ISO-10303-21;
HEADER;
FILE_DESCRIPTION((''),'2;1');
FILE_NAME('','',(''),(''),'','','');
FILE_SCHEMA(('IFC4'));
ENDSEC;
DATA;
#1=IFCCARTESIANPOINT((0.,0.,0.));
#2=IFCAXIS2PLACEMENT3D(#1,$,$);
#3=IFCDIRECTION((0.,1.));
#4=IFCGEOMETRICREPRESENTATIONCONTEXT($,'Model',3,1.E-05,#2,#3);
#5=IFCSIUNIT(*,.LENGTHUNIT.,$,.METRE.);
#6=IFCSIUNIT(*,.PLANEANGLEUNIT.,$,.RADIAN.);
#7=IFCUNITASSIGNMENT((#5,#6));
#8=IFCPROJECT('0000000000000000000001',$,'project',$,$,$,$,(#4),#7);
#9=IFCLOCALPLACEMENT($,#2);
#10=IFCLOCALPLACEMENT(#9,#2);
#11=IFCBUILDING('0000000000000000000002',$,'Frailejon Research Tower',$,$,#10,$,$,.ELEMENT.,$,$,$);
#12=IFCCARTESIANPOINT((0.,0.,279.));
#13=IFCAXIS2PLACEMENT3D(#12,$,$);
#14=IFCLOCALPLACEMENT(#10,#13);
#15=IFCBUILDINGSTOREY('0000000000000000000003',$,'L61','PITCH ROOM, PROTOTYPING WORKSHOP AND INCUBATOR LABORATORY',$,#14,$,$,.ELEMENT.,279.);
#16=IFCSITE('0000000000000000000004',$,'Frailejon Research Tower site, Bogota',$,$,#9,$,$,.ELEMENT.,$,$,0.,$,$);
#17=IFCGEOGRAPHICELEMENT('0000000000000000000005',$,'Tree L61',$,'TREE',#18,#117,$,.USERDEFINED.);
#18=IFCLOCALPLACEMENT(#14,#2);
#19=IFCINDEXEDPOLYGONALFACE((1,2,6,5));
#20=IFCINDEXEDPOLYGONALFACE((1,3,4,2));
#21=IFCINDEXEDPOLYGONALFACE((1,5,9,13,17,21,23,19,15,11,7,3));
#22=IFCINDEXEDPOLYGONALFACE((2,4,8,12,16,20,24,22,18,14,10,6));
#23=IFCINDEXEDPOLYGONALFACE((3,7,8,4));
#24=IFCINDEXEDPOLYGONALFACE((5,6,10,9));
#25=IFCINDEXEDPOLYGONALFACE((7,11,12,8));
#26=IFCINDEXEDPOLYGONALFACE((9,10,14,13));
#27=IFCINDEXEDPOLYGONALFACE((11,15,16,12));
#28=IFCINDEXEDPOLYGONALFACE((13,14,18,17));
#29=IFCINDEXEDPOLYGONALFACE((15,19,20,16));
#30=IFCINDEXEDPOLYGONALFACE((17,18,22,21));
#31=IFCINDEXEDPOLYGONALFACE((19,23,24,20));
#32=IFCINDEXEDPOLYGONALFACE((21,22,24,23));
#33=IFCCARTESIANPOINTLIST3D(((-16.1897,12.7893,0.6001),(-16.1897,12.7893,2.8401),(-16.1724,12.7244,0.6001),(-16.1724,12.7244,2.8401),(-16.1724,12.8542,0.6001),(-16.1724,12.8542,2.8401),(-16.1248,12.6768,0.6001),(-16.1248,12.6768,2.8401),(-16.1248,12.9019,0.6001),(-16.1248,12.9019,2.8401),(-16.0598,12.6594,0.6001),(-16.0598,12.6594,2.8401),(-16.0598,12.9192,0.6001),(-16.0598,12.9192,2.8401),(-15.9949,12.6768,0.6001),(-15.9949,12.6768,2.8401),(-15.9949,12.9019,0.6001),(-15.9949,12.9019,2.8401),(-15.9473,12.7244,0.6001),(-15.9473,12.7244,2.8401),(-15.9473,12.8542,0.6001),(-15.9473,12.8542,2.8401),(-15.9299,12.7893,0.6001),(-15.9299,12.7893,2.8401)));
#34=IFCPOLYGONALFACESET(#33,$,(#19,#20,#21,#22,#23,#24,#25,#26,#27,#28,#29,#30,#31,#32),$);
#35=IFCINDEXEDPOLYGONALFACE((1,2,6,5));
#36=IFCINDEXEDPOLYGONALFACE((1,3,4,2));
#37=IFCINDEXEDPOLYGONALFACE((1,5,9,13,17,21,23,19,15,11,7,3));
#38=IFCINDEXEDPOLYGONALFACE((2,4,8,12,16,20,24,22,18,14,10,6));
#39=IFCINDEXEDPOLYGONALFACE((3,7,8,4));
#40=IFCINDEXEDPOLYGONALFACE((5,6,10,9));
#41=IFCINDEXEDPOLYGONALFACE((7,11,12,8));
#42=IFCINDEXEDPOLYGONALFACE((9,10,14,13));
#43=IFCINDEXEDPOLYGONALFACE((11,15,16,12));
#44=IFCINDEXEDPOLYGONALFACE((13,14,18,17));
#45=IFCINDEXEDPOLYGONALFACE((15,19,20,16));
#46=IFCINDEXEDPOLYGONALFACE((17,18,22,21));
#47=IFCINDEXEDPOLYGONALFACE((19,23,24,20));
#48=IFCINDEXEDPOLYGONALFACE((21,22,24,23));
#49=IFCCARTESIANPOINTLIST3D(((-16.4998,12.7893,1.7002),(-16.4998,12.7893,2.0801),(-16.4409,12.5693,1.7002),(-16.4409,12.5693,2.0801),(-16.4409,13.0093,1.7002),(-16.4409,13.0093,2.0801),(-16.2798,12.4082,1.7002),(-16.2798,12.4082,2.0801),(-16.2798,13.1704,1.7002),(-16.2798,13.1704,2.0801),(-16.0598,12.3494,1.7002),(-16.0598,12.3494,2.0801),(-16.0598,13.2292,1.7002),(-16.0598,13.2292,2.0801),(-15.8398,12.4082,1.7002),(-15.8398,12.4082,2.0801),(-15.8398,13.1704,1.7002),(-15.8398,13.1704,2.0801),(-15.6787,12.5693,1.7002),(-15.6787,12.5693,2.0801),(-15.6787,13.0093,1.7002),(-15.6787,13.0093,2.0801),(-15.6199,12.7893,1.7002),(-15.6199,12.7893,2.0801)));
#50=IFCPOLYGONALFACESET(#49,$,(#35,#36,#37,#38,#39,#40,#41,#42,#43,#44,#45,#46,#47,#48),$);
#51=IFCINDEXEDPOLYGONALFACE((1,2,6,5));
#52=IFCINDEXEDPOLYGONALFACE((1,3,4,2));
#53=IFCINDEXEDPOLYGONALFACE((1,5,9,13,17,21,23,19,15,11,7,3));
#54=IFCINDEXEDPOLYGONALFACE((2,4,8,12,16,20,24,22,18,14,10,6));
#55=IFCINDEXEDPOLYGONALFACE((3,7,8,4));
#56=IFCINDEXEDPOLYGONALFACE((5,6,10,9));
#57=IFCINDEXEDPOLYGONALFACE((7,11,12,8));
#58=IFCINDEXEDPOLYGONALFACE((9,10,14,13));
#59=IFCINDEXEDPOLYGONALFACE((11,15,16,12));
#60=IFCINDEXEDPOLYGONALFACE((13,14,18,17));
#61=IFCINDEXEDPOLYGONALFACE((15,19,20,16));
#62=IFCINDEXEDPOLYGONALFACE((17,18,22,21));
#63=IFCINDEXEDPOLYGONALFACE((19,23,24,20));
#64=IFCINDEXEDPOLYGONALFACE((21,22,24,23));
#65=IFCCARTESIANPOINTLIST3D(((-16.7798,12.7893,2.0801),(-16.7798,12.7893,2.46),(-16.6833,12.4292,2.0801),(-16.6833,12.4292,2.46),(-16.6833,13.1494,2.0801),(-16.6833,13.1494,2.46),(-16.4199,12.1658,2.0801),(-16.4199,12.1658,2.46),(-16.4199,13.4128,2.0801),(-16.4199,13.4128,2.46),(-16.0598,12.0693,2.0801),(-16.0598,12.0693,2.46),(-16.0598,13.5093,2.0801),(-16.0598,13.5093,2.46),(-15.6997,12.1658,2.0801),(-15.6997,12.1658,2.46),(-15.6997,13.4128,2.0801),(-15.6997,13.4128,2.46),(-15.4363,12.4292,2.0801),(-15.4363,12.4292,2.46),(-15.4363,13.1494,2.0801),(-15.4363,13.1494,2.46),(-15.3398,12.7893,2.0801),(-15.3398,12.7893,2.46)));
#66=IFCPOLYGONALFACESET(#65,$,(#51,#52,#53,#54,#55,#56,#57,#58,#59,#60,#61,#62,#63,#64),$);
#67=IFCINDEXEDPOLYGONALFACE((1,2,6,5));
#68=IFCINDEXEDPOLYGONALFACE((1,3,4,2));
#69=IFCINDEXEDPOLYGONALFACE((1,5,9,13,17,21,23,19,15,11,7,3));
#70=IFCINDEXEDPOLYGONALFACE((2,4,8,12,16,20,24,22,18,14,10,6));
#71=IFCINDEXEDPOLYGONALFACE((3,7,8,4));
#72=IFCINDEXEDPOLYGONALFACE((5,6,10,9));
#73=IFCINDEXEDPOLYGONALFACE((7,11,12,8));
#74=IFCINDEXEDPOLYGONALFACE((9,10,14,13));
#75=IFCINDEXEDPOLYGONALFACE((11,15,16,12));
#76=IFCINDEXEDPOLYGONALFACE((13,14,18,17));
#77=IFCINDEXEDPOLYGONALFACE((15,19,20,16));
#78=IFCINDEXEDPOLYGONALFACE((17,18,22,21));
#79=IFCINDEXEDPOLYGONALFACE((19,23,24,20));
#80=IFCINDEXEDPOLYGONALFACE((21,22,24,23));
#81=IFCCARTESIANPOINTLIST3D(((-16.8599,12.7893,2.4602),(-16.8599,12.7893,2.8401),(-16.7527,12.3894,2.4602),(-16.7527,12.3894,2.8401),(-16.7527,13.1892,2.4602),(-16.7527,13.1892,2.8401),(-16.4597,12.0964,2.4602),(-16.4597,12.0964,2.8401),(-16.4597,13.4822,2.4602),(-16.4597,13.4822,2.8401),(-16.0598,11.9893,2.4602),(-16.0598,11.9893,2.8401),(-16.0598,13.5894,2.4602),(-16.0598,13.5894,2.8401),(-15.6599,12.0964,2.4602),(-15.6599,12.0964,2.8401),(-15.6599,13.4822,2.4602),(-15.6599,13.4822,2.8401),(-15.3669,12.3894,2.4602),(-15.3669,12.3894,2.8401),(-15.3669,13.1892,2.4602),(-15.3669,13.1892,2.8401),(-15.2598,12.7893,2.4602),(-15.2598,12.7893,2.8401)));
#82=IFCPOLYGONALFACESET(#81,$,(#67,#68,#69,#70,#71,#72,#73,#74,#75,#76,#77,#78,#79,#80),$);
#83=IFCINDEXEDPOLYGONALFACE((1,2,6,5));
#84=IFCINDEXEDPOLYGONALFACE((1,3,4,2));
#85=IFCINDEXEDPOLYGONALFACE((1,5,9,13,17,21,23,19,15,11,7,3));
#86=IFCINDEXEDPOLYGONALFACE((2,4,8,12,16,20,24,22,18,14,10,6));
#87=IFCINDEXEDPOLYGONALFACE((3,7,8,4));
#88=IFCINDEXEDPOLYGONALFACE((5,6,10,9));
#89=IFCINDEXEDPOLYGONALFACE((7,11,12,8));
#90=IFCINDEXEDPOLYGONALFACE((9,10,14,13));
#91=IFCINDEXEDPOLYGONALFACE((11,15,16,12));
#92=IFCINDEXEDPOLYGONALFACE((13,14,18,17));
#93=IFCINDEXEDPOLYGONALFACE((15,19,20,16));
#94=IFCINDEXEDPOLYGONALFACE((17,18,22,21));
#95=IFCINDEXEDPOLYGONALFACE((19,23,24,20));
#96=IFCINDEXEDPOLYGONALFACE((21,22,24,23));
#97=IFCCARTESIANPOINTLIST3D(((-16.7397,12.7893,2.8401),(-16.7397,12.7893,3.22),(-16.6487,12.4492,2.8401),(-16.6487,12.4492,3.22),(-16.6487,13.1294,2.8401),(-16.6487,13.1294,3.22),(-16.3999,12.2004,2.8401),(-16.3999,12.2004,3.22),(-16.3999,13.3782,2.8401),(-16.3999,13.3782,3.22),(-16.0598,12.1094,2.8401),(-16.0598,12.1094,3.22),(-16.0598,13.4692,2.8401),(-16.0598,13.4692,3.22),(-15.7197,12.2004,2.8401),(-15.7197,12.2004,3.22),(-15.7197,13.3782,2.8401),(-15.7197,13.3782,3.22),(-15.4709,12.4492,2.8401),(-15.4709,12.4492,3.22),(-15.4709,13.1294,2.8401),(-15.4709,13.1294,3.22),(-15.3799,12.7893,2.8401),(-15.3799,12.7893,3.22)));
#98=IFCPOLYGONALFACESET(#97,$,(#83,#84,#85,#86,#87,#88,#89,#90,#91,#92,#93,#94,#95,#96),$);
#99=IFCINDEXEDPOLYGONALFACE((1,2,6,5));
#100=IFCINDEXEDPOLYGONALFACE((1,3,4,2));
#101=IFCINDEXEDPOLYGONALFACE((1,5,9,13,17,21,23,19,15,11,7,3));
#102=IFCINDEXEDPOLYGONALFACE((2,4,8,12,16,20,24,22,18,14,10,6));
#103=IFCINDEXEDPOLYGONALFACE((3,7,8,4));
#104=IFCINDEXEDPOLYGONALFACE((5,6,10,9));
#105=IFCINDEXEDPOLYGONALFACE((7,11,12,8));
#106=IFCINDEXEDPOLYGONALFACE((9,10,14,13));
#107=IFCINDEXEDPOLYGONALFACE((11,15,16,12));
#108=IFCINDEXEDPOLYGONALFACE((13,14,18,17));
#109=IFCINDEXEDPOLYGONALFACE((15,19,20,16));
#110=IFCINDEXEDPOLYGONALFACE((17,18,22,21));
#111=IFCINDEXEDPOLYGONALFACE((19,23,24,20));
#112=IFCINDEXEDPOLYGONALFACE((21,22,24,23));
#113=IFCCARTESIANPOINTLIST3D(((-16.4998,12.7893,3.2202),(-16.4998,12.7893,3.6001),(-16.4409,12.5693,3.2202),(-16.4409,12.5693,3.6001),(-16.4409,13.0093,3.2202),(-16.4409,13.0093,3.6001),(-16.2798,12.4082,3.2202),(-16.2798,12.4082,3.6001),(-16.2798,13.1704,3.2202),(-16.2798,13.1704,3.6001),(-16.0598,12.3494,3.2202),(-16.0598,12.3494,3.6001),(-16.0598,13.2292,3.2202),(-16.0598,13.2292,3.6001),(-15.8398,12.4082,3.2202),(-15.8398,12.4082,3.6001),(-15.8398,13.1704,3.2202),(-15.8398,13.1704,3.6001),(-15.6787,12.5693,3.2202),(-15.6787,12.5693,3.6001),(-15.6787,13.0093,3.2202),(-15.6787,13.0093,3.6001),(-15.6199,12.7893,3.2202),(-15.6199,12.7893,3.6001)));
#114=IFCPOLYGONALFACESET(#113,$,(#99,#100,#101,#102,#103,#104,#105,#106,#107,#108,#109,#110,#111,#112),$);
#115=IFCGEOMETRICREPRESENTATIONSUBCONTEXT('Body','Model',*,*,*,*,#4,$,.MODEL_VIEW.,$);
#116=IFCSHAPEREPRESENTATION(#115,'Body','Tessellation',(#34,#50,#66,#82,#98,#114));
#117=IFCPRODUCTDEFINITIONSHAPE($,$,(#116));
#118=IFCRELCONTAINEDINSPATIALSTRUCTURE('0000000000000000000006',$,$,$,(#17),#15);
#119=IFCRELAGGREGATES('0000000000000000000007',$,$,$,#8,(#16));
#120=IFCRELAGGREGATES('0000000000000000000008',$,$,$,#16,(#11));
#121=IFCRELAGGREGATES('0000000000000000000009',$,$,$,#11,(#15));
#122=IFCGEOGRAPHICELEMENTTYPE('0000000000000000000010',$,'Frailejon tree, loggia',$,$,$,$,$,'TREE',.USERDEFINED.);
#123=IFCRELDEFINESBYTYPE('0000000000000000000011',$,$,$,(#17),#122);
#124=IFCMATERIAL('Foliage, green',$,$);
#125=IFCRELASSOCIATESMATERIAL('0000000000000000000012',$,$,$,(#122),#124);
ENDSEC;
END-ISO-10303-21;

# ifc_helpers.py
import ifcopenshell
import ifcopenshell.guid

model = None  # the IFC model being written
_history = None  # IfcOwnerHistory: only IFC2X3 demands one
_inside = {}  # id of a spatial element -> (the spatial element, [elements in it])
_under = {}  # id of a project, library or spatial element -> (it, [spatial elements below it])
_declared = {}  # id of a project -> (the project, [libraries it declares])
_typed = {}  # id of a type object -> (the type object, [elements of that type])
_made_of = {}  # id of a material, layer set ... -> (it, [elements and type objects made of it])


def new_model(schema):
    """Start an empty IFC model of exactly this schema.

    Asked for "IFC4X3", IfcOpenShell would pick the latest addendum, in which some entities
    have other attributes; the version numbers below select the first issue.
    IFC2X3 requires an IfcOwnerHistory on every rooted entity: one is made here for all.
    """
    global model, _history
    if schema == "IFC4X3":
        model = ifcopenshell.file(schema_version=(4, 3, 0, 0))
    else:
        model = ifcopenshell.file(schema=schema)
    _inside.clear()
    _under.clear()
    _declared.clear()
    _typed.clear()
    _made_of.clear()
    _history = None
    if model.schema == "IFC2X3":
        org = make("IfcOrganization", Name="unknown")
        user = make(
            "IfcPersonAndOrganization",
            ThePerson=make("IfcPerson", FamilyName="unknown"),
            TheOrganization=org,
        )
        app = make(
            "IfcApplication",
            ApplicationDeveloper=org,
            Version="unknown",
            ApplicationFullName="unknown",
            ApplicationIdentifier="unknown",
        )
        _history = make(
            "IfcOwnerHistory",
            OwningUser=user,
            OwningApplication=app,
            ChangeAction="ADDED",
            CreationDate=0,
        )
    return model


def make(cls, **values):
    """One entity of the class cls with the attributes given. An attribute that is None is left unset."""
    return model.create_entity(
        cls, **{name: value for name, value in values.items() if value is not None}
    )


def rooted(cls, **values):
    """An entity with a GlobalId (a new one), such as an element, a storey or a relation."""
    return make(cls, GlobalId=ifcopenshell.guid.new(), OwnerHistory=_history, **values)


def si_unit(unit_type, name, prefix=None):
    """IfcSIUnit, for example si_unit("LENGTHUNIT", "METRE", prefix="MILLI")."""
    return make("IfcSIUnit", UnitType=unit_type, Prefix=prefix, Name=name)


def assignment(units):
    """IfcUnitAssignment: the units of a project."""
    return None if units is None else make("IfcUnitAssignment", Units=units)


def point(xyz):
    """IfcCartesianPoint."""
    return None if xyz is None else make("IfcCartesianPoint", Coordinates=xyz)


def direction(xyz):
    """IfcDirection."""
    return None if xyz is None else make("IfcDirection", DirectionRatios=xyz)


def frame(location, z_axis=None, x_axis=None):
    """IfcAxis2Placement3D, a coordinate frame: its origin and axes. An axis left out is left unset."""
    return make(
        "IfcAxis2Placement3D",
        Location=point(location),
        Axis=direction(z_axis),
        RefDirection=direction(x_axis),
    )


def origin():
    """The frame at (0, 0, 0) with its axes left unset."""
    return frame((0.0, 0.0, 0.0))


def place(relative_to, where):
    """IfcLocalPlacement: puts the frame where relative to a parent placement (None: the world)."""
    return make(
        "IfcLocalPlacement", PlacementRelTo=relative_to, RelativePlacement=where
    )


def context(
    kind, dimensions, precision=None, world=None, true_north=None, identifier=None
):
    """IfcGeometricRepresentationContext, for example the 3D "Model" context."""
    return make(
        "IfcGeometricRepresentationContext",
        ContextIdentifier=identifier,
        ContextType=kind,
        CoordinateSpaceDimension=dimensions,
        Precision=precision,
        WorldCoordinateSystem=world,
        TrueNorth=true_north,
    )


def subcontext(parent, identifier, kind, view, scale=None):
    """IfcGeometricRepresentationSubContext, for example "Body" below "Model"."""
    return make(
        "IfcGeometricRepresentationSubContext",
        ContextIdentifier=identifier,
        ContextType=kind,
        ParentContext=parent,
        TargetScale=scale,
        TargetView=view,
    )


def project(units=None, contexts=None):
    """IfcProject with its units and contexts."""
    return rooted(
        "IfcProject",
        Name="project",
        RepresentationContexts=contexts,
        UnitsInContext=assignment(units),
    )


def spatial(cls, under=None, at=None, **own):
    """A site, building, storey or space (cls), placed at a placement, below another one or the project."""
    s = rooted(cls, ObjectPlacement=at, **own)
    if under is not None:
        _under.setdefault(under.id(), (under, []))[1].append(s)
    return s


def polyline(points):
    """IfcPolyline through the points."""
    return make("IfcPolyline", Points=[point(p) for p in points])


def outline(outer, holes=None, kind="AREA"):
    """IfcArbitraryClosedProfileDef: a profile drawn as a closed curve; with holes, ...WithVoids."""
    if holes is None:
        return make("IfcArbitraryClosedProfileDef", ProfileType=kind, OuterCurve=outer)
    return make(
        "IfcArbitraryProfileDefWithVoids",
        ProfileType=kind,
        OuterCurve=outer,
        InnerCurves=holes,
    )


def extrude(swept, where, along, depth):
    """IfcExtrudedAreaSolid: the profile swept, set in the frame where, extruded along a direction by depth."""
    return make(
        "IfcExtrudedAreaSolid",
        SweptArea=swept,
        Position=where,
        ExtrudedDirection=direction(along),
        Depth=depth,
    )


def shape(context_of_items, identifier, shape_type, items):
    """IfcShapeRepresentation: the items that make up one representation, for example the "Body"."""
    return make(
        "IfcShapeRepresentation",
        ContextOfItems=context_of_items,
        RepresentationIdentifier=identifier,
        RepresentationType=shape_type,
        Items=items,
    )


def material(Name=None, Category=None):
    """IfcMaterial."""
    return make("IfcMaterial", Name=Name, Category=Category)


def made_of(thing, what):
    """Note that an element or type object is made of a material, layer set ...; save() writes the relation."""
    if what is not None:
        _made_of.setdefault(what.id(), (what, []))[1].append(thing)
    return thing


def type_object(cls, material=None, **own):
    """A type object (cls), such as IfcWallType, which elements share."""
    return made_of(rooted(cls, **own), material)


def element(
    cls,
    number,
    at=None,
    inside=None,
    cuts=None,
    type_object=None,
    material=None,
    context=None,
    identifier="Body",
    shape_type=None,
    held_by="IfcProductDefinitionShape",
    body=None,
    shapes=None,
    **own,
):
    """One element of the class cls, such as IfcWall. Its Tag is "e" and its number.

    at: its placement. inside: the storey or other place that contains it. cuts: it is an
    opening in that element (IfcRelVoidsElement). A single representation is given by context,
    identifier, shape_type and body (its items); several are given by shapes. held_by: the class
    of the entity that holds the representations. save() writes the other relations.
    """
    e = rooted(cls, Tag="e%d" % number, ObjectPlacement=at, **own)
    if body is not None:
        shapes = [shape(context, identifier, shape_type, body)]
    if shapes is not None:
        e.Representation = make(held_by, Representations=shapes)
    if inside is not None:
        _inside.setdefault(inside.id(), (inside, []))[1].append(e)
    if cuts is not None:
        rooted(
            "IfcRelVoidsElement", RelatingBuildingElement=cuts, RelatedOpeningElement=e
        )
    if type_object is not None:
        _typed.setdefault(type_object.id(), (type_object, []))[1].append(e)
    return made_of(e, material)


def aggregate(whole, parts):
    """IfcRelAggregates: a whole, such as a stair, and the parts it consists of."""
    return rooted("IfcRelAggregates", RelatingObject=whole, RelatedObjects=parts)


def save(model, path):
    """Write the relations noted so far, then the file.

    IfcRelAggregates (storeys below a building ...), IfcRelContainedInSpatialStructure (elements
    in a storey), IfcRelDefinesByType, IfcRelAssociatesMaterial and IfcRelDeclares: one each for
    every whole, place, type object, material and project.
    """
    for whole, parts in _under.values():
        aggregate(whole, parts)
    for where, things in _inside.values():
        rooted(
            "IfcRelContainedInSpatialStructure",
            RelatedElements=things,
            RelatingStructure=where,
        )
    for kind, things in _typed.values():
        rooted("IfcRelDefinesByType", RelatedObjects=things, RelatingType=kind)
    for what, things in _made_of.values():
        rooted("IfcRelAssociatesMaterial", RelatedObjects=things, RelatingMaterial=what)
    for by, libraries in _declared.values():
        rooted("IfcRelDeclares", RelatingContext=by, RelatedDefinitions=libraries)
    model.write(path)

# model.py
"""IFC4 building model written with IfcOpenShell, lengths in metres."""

from ifc_helpers import new_model, si_unit, direction, frame, origin, place, context, subcontext, project, spatial, polyline, outline, extrude, material, type_object, element, save


model = new_model("IFC4")

# Units and contexts
model_context = context("Model", 3, precision=1e-05, world=origin(), true_north=direction((0.0, 1.0)))
body_context = subcontext(model_context, "Body", "Model", "MODEL_VIEW")
ifc_project = project(units=[si_unit("LENGTHUNIT", "METRE"), si_unit("PLANEANGLEUNIT", "RADIAN")], contexts=[model_context])

# Site, building, storey
site_placement = place(None, origin())
site = spatial("IfcSite", under=ifc_project, at=site_placement, Name="Frailejon Research Tower site, Bogota", CompositionType="ELEMENT", RefElevation=0.0)
building_placement = place(site_placement, origin())
building = spatial("IfcBuilding", under=site, at=building_placement, Name="Frailejon Research Tower", CompositionType="ELEMENT")
storey_placement = place(building_placement, frame((0.0, 0.0, 279.0)))
storey = spatial("IfcBuildingStorey", under=building, at=storey_placement, Name="L61", Description="PITCH ROOM, PROTOTYPING WORKSHOP AND INCUBATOR LABORATORY", CompositionType="ELEMENT", Elevation=279.0)

# Geographic element
ifc_material_1 = material(Name="Foliage, green")
geographic_element_type = type_object("IfcGeographicElementType", Name="Frailejon tree, loggia", ElementType="TREE", PredefinedType="USERDEFINED", material=ifc_material_1)
geographic_element_placement = place(storey_placement, frame((-16.0598, 12.7893, 0.6001)))
element("IfcGeographicElement", 1, at=geographic_element_placement, inside=storey, type_object=geographic_element_type, Name="Tree L61", ObjectType="TREE", PredefinedType="USERDEFINED", context=body_context, shape_type="SweptSolid", body=[
    extrude(outline(polyline([(0.1299, 0.0), (0.1125, 0.0649), (0.0649, 0.1125), (0.0, 0.1299), (-0.0649, 0.1125), (-0.1125, 0.0649), (-0.1299, 0.0), (-0.1125, -0.0649), (-0.0649, -0.1125), (0.0, -0.1299), (0.0649, -0.1125), (0.1125, -0.0649), (0.1299, 0.0)])), origin(), (0.0, 0.0, 1.0), 2.24),
    extrude(outline(polyline([(0.4399, 0.0), (0.3811, 0.22), (0.22, 0.3811), (0.0, 0.4399), (-0.22, 0.3811), (-0.3811, 0.22), (-0.4399, 0.0), (-0.3811, -0.22), (-0.22, -0.3811), (0.0, -0.4399), (0.22, -0.3811), (0.3811, -0.22), (0.4399, 0.0)])), frame((0.0, 0.0, 1.1001)), (0.0, 0.0, 1.0), 0.3799),
    extrude(outline(polyline([(0.72, 0.0), (0.6235, 0.3601), (0.3601, 0.6235), (0.0, 0.72), (-0.3601, 0.6235), (-0.6235, 0.3601), (-0.72, 0.0), (-0.6235, -0.3601), (-0.3601, -0.6235), (0.0, -0.72), (0.3601, -0.6235), (0.6235, -0.3601), (0.72, 0.0)])), frame((0.0, 0.0, 1.48)), (0.0, 0.0, 1.0), 0.3799),
    extrude(outline(polyline([(0.8, 0.0), (0.6929, 0.3999), (0.3999, 0.6929), (0.0, 0.8), (-0.3999, 0.6929), (-0.6929, 0.3999), (-0.8, 0.0), (-0.6929, -0.3999), (-0.3999, -0.6929), (0.0, -0.8), (0.3999, -0.6929), (0.6929, -0.3999), (0.8, 0.0)])), frame((0.0, 0.0, 1.8601)), (0.0, 0.0, 1.0), 0.3799),
    extrude(outline(polyline([(0.6799, 0.0), (0.5889, 0.3401), (0.3401, 0.5889), (0.0, 0.6799), (-0.3401, 0.5889), (-0.5889, 0.3401), (-0.6799, 0.0), (-0.5889, -0.3401), (-0.3401, -0.5889), (0.0, -0.6799), (0.3401, -0.5889), (0.5889, -0.3401), (0.6799, 0.0)])), frame((0.0, 0.0, 2.24)), (0.0, 0.0, 1.0), 0.3799),
    extrude(outline(polyline([(0.4399, 0.0), (0.3811, 0.22), (0.22, 0.3811), (0.0, 0.4399), (-0.22, 0.3811), (-0.3811, 0.22), (-0.4399, 0.0), (-0.3811, -0.22), (-0.22, -0.3811), (0.0, -0.4399), (0.22, -0.3811), (0.3811, -0.22), (0.4399, 0.0)])), frame((0.0, 0.0, 2.6201)), (0.0, 0.0, 1.0), 0.3799),
])

save(model, "model.ifc")
